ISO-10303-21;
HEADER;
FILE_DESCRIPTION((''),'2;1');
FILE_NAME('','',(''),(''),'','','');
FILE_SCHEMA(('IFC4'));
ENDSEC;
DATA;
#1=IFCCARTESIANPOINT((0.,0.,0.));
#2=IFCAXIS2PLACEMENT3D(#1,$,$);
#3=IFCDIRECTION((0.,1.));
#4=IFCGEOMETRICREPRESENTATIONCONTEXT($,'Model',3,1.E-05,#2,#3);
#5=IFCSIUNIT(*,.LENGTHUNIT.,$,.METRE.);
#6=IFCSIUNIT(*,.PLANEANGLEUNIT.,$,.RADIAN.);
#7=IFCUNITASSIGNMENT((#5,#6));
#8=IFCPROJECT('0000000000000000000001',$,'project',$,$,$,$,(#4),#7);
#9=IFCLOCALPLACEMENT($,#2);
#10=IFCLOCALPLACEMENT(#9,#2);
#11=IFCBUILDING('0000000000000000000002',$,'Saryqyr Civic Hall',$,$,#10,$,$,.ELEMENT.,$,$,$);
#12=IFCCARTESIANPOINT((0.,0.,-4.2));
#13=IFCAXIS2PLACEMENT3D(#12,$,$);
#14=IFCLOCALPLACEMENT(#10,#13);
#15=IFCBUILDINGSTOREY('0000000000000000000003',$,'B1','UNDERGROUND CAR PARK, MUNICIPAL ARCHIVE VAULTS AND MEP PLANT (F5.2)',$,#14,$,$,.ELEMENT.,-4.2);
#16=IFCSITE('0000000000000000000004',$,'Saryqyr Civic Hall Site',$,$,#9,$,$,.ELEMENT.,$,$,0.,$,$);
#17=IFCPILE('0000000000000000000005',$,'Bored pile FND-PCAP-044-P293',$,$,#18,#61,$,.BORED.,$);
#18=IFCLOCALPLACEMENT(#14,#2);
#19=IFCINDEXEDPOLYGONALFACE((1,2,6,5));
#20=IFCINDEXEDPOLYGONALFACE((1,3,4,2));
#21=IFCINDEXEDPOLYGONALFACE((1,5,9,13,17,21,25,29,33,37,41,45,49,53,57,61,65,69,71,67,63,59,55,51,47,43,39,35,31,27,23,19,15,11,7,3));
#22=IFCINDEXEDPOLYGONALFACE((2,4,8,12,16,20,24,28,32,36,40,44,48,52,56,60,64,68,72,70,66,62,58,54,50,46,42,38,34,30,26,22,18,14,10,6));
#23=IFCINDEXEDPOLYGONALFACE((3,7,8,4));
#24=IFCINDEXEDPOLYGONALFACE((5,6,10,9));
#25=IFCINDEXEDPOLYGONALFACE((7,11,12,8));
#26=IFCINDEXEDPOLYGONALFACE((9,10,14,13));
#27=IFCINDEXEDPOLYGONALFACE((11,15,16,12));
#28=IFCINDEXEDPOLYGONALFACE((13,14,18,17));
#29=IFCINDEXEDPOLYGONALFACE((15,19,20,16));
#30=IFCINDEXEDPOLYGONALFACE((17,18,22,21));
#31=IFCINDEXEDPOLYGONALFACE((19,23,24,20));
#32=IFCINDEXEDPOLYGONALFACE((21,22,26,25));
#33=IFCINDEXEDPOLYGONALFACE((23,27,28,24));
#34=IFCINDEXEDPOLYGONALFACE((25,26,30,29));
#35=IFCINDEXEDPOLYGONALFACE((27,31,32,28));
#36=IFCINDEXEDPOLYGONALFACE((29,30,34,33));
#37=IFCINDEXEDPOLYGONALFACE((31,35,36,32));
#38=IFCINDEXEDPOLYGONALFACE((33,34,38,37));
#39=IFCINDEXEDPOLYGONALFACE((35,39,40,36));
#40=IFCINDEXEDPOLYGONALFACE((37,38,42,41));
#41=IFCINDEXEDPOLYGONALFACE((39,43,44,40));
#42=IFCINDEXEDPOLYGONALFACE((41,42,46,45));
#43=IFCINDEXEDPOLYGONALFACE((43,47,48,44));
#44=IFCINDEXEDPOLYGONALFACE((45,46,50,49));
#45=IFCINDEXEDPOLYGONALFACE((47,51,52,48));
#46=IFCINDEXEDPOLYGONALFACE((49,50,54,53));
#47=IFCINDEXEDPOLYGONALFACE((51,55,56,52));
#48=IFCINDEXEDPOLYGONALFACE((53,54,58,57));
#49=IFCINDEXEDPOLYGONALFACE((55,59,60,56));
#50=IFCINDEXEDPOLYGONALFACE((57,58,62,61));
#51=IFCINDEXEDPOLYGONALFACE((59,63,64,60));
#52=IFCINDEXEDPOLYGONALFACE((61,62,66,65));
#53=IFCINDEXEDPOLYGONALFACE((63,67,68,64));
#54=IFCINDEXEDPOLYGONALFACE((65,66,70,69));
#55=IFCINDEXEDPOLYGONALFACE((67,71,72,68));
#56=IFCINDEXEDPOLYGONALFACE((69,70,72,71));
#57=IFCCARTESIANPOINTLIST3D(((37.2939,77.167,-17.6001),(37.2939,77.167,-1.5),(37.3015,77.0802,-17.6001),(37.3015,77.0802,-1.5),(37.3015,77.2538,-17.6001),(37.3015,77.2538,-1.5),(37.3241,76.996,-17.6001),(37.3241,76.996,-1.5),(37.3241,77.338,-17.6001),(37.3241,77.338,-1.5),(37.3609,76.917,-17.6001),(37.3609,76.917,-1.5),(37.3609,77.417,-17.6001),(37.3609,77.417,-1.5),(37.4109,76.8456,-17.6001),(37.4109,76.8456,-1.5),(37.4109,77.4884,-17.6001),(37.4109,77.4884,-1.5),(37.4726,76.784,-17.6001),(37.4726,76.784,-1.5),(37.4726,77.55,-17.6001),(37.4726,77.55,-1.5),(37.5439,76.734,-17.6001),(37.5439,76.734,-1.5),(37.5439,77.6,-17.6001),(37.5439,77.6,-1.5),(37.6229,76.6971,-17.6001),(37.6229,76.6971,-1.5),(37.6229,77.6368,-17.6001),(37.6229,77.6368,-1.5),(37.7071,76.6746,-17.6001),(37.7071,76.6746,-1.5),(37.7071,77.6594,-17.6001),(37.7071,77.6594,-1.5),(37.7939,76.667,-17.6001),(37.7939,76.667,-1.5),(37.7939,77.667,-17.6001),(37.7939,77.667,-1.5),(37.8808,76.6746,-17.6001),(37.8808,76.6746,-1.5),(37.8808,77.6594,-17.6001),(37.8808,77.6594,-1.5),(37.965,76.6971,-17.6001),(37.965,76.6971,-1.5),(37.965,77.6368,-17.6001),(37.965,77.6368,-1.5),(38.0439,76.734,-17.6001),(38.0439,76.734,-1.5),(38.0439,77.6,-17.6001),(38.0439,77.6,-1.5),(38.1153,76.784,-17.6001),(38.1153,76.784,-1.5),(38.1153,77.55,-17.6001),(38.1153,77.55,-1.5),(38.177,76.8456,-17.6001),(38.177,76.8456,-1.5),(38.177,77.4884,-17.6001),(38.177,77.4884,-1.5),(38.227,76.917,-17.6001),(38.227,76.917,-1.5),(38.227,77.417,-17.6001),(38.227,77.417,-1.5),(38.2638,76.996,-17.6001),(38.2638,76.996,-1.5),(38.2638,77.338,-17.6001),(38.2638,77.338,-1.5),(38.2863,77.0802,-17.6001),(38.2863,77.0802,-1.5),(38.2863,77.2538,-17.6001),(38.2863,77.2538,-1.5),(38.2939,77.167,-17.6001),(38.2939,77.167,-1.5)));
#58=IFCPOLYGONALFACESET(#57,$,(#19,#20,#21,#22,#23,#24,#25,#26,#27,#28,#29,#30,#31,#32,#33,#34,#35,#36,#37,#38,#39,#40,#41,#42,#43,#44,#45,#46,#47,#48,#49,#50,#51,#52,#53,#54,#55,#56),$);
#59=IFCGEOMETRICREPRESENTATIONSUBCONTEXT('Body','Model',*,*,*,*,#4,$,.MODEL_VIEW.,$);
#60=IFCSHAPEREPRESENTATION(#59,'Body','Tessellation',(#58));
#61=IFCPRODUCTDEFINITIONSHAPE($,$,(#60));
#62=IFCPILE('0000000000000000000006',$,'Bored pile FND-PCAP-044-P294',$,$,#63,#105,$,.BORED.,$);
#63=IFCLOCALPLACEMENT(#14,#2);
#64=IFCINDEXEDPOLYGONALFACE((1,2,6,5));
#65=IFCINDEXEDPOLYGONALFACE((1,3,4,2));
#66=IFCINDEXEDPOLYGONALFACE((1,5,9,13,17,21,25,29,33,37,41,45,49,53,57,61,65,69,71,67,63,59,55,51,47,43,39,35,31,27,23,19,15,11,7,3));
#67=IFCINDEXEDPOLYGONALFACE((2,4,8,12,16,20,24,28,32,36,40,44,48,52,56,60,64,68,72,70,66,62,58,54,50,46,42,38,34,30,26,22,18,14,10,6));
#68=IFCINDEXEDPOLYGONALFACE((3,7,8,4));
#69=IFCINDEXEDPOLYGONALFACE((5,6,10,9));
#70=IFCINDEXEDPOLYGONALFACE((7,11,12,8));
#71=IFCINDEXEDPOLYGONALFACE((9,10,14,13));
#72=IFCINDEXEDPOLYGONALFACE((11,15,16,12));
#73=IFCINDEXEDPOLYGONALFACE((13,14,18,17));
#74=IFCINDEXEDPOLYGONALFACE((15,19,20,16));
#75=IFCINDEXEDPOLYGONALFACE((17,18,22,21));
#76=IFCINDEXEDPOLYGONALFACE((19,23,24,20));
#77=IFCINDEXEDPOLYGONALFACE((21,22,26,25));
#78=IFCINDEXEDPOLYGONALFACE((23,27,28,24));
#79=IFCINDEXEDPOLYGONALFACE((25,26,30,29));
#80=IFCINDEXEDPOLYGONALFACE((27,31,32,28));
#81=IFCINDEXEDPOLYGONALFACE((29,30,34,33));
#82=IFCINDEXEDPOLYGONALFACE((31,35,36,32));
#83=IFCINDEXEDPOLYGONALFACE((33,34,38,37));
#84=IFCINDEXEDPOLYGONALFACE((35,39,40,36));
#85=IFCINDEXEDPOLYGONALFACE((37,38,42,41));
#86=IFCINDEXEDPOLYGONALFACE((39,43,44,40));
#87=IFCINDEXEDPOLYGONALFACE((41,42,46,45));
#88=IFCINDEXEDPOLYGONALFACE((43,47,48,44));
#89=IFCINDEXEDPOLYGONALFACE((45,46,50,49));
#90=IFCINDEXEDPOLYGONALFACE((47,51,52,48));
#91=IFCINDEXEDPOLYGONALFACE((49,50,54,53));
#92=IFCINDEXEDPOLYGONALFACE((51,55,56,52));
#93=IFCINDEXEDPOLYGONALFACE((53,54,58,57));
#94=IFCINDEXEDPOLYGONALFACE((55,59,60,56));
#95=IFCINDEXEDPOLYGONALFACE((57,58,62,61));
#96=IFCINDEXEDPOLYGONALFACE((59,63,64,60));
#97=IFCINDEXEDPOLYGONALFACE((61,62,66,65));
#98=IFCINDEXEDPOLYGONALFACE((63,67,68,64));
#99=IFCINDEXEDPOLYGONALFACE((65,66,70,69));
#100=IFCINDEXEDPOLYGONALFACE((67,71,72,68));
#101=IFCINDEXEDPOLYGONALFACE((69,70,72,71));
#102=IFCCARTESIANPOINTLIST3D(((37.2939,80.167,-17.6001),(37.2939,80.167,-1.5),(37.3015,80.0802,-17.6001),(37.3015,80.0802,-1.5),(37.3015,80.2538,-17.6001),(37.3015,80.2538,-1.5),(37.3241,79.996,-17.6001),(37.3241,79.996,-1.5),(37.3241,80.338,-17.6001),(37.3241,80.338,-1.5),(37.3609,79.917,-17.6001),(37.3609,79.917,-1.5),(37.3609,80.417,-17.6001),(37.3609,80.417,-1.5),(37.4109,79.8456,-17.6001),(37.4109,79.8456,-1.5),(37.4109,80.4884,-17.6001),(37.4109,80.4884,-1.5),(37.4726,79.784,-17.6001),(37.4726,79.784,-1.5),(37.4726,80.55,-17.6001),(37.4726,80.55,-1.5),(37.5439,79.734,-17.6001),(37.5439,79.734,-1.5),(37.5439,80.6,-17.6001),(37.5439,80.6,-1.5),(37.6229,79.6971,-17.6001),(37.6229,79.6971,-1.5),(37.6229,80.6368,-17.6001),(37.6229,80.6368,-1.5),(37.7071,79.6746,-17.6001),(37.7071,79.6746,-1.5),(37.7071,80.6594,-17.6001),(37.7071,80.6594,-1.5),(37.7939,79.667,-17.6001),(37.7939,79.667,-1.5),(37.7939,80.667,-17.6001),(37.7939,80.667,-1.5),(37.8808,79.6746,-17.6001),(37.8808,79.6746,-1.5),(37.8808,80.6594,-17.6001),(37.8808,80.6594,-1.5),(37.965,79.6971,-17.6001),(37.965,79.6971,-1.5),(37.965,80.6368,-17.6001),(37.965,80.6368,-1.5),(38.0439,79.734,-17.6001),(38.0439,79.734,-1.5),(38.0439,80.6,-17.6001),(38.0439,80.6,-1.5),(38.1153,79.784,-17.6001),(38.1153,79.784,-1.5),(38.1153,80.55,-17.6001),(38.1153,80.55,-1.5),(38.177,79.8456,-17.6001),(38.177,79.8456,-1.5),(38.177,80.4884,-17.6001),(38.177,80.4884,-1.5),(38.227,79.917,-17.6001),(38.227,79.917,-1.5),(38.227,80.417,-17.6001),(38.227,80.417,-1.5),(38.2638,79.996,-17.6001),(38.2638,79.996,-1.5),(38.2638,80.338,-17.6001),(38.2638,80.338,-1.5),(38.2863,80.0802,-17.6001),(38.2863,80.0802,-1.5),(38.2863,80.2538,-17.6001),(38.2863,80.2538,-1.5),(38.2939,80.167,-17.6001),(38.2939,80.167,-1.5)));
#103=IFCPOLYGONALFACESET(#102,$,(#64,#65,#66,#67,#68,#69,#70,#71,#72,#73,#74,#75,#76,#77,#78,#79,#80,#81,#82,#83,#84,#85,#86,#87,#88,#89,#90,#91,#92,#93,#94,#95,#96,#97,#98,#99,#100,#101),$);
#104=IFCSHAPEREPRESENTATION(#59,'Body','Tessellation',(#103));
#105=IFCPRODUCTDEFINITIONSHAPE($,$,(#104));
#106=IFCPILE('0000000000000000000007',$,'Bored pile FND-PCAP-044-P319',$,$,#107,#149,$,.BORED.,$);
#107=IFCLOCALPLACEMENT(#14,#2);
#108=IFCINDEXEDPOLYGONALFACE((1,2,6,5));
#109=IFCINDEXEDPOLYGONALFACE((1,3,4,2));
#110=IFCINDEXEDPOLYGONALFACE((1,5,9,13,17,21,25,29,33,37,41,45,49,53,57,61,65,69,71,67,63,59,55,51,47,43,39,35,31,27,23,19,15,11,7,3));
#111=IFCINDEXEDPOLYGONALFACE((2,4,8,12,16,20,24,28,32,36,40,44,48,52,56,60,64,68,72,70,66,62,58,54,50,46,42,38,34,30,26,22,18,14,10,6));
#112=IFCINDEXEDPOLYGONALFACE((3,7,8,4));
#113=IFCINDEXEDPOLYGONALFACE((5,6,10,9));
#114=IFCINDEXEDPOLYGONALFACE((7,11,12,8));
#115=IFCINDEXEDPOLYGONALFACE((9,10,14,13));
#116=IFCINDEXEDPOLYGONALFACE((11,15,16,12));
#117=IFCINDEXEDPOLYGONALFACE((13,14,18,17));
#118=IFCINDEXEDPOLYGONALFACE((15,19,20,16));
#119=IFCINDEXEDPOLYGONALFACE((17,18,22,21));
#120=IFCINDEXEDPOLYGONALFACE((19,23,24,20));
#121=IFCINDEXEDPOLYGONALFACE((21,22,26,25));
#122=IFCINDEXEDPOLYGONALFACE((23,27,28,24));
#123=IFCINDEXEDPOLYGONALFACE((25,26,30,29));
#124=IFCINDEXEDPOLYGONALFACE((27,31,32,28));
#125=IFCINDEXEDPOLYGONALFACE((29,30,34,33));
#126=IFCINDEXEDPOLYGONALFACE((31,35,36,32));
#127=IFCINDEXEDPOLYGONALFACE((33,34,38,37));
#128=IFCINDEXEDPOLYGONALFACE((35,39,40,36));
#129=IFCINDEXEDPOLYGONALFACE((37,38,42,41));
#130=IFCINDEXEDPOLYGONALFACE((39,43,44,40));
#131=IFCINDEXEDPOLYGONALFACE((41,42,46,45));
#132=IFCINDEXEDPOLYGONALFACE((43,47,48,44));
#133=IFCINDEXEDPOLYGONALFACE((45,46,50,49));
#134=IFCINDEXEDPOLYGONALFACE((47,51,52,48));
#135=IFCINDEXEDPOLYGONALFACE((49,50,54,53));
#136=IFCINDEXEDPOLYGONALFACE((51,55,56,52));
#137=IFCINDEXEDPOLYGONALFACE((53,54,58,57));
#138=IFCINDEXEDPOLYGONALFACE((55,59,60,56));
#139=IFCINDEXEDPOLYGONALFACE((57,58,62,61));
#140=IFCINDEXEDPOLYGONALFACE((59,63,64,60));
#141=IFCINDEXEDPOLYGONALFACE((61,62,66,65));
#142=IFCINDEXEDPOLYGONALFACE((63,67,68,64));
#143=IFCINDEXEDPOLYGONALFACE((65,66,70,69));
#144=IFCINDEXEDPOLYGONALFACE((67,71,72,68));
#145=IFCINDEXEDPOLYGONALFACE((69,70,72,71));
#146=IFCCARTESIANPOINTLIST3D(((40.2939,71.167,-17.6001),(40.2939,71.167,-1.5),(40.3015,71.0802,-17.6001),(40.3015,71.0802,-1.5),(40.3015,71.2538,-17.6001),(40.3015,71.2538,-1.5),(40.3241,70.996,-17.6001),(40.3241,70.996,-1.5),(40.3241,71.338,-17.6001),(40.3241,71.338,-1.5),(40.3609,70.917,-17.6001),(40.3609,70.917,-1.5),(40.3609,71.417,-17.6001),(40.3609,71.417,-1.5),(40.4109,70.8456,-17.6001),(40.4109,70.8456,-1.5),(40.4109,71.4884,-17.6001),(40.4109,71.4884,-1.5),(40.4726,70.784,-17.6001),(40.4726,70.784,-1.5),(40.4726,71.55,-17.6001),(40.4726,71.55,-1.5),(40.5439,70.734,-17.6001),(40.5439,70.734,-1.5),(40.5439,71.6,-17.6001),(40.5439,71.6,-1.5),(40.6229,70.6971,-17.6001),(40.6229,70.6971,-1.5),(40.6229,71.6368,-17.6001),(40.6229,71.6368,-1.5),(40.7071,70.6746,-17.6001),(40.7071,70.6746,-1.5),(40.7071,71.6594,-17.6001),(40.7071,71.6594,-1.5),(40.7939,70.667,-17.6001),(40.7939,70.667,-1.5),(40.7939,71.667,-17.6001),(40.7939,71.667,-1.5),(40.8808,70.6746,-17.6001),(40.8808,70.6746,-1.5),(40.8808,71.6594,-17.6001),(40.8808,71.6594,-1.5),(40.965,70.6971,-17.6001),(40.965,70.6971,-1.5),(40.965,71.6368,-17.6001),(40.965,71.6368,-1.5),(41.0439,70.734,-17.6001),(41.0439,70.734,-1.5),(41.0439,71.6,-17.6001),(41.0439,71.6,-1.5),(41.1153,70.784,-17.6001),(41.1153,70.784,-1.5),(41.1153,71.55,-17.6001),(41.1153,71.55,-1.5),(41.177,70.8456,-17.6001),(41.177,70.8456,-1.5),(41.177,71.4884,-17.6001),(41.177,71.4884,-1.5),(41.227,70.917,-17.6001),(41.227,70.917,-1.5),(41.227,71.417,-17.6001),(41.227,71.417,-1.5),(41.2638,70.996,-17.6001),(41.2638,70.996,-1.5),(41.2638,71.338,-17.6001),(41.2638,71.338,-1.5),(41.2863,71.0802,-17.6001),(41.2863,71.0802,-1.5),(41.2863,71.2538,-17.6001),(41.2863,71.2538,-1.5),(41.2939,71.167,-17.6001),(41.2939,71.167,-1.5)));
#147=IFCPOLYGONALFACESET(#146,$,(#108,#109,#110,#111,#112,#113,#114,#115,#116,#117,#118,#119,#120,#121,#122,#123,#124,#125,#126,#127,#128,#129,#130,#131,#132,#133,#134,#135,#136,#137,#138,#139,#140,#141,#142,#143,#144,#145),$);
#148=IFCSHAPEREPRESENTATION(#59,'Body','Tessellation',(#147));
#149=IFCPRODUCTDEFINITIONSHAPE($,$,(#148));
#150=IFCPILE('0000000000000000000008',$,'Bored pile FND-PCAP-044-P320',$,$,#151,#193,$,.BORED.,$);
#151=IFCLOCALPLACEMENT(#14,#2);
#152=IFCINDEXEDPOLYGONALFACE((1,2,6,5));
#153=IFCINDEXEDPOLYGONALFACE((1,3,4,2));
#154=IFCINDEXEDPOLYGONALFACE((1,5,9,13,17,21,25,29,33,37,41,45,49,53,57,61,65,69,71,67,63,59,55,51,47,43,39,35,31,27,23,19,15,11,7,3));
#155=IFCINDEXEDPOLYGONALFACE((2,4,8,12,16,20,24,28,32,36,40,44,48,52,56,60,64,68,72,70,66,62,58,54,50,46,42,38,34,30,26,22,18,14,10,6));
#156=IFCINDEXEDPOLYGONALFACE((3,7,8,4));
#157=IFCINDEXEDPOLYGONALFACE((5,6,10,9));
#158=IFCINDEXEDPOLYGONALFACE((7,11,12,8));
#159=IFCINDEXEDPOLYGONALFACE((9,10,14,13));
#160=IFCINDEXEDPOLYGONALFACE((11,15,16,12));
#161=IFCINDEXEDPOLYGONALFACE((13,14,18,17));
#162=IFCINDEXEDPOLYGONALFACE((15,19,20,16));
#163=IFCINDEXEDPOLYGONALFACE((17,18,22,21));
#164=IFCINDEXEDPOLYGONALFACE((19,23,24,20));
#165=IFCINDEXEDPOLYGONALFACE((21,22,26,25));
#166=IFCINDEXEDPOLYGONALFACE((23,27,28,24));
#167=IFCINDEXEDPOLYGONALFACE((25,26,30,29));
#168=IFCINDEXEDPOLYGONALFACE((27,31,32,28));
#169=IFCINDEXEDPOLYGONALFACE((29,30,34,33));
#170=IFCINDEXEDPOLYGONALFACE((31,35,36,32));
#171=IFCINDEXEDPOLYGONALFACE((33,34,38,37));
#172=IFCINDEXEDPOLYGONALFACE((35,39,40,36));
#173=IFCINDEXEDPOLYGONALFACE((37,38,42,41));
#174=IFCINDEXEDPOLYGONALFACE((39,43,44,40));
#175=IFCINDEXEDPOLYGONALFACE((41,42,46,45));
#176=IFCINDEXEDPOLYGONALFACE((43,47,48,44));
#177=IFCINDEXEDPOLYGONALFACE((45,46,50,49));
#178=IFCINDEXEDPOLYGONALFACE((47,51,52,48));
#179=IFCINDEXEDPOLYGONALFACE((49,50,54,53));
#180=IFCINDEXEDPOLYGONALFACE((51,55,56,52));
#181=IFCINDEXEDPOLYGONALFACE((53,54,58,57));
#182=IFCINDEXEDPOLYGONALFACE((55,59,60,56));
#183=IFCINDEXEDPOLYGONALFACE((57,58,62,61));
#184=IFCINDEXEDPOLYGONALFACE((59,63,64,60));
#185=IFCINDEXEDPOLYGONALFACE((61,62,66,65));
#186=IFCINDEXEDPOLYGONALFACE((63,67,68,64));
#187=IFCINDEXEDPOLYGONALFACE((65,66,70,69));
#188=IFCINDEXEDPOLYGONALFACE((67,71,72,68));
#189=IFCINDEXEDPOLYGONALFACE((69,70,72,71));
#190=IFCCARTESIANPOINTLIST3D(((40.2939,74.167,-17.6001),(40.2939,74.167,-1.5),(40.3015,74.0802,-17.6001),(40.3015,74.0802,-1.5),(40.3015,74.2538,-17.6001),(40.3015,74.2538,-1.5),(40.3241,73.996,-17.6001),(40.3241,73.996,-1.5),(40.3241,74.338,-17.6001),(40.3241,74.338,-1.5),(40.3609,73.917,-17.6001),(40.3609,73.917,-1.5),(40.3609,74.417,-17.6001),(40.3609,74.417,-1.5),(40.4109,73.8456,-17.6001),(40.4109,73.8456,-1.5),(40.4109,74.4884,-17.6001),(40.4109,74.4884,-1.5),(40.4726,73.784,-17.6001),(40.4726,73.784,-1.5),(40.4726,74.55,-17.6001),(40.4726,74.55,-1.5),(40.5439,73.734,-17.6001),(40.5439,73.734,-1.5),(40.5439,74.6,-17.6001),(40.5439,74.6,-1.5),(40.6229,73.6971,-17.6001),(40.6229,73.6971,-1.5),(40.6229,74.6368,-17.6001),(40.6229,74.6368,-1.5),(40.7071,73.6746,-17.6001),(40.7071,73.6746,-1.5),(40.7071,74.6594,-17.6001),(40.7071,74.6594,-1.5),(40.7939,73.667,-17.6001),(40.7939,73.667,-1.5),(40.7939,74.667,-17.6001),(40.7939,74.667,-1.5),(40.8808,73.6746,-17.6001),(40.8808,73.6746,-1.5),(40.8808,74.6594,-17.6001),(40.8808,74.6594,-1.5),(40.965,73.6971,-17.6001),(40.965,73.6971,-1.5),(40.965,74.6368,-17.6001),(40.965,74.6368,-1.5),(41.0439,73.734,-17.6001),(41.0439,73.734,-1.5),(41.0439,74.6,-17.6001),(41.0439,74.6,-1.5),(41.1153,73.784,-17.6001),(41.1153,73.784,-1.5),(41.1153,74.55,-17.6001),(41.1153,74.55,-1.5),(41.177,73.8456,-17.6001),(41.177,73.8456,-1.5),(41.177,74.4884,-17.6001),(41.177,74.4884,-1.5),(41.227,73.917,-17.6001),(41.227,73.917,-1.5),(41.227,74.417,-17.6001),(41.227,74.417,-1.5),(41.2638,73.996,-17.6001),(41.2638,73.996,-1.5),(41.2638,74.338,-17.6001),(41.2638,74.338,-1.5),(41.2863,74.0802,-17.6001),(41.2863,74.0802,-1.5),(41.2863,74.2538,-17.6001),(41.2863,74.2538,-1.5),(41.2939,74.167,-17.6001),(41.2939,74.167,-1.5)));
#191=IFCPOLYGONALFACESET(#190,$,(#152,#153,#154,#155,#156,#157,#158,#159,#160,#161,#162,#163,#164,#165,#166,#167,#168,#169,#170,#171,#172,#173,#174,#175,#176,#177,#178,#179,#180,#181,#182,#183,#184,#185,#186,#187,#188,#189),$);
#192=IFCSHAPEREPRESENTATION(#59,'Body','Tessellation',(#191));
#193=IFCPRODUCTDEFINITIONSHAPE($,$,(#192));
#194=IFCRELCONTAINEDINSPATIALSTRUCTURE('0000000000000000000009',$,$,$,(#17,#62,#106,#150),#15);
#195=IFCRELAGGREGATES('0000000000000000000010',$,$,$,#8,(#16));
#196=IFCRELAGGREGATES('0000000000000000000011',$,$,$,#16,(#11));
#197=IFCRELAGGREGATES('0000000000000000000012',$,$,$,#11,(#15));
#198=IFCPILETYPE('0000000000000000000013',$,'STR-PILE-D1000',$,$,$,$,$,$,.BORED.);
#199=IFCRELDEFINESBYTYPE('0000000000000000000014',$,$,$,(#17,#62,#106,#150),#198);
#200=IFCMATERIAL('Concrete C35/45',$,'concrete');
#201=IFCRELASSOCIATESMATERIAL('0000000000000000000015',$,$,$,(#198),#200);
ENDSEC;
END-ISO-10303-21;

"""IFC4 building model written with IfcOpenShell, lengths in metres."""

from ifc_helpers import new_model, si_unit, direction, frame, origin, origin_2d, place, context, subcontext, project, spatial, circle, extrude, material, material_profile, profile_set, type_object, element, save


model = new_model("IFC4")

# Units and contexts
model_context = context("Model", 3, precision=1e-05, world=origin(), true_north=direction((0.0, 1.0)))
body_context = subcontext(model_context, "Body", "Model", "MODEL_VIEW")
ifc_project = project(units=[si_unit("LENGTHUNIT", "METRE"), si_unit("PLANEANGLEUNIT", "RADIAN")], contexts=[model_context])

# Site, building, storey
site_placement = place(None, origin())
site = spatial("IfcSite", under=ifc_project, at=site_placement, Name="Saryqyr Civic Hall Site", CompositionType="ELEMENT", RefElevation=0.0)
building_placement = place(site_placement, origin())
building = spatial("IfcBuilding", under=site, at=building_placement, Name="Saryqyr Civic Hall", CompositionType="ELEMENT")
storey_placement = place(building_placement, frame((0.0, 0.0, -4.2)))
storey = spatial("IfcBuildingStorey", under=building, at=storey_placement, Name="B1", Description="UNDERGROUND CAR PARK, MUNICIPAL ARCHIVE VAULTS AND MEP PLANT (F5.2)", CompositionType="ELEMENT", Elevation=-4.2)

# Piles
ifc_material_1 = material(Name="Concrete C35/45", Category="concrete")
ifc_material_profile_1 = material_profile(ifc_material_1, circle(Radius=0.5, at=origin_2d()), Name="BORED PILE D1000")
ifc_profile_set_1 = profile_set([ifc_material_profile_1], Name="Concrete C35/45")
pile_type = type_object("IfcPileType", Name="STR-PILE-D1000", PredefinedType="BORED", material=ifc_profile_set_1)
for number, where, z_axis, x_axis, name in (
    (1, (37.7939, 77.167, -1.5), (0.0, 0.0, -1.0), (1.0, 0.0, 0.0), "Bored pile FND-PCAP-044-P293"),
    (2, (37.7939, 80.167, -1.5), (0.0, 0.0, -1.0), (1.0, 0.0, 0.0), "Bored pile FND-PCAP-044-P294"),
    (3, (40.7939, 71.167, -1.5), (0.0, 0.0, -1.0), (1.0, 0.0, 0.0), "Bored pile FND-PCAP-044-P319"),
    (4, (40.7939, 74.167, -1.5), (0.0, 0.0, -1.0), (1.0, 0.0, 0.0), "Bored pile FND-PCAP-044-P320"),
):
    element("IfcPile", number, at=place(storey_placement, frame(where, z_axis=z_axis, x_axis=x_axis)), inside=storey, type_object=pile_type, Name=name, PredefinedType="BORED", context=body_context, shape_type="SweptSolid", body=[
        extrude(circle(Radius=0.5, at=origin_2d()), origin(), (0.0, 0.0, 1.0), 16.1001),
    ])

save(model, "model.ifc")
